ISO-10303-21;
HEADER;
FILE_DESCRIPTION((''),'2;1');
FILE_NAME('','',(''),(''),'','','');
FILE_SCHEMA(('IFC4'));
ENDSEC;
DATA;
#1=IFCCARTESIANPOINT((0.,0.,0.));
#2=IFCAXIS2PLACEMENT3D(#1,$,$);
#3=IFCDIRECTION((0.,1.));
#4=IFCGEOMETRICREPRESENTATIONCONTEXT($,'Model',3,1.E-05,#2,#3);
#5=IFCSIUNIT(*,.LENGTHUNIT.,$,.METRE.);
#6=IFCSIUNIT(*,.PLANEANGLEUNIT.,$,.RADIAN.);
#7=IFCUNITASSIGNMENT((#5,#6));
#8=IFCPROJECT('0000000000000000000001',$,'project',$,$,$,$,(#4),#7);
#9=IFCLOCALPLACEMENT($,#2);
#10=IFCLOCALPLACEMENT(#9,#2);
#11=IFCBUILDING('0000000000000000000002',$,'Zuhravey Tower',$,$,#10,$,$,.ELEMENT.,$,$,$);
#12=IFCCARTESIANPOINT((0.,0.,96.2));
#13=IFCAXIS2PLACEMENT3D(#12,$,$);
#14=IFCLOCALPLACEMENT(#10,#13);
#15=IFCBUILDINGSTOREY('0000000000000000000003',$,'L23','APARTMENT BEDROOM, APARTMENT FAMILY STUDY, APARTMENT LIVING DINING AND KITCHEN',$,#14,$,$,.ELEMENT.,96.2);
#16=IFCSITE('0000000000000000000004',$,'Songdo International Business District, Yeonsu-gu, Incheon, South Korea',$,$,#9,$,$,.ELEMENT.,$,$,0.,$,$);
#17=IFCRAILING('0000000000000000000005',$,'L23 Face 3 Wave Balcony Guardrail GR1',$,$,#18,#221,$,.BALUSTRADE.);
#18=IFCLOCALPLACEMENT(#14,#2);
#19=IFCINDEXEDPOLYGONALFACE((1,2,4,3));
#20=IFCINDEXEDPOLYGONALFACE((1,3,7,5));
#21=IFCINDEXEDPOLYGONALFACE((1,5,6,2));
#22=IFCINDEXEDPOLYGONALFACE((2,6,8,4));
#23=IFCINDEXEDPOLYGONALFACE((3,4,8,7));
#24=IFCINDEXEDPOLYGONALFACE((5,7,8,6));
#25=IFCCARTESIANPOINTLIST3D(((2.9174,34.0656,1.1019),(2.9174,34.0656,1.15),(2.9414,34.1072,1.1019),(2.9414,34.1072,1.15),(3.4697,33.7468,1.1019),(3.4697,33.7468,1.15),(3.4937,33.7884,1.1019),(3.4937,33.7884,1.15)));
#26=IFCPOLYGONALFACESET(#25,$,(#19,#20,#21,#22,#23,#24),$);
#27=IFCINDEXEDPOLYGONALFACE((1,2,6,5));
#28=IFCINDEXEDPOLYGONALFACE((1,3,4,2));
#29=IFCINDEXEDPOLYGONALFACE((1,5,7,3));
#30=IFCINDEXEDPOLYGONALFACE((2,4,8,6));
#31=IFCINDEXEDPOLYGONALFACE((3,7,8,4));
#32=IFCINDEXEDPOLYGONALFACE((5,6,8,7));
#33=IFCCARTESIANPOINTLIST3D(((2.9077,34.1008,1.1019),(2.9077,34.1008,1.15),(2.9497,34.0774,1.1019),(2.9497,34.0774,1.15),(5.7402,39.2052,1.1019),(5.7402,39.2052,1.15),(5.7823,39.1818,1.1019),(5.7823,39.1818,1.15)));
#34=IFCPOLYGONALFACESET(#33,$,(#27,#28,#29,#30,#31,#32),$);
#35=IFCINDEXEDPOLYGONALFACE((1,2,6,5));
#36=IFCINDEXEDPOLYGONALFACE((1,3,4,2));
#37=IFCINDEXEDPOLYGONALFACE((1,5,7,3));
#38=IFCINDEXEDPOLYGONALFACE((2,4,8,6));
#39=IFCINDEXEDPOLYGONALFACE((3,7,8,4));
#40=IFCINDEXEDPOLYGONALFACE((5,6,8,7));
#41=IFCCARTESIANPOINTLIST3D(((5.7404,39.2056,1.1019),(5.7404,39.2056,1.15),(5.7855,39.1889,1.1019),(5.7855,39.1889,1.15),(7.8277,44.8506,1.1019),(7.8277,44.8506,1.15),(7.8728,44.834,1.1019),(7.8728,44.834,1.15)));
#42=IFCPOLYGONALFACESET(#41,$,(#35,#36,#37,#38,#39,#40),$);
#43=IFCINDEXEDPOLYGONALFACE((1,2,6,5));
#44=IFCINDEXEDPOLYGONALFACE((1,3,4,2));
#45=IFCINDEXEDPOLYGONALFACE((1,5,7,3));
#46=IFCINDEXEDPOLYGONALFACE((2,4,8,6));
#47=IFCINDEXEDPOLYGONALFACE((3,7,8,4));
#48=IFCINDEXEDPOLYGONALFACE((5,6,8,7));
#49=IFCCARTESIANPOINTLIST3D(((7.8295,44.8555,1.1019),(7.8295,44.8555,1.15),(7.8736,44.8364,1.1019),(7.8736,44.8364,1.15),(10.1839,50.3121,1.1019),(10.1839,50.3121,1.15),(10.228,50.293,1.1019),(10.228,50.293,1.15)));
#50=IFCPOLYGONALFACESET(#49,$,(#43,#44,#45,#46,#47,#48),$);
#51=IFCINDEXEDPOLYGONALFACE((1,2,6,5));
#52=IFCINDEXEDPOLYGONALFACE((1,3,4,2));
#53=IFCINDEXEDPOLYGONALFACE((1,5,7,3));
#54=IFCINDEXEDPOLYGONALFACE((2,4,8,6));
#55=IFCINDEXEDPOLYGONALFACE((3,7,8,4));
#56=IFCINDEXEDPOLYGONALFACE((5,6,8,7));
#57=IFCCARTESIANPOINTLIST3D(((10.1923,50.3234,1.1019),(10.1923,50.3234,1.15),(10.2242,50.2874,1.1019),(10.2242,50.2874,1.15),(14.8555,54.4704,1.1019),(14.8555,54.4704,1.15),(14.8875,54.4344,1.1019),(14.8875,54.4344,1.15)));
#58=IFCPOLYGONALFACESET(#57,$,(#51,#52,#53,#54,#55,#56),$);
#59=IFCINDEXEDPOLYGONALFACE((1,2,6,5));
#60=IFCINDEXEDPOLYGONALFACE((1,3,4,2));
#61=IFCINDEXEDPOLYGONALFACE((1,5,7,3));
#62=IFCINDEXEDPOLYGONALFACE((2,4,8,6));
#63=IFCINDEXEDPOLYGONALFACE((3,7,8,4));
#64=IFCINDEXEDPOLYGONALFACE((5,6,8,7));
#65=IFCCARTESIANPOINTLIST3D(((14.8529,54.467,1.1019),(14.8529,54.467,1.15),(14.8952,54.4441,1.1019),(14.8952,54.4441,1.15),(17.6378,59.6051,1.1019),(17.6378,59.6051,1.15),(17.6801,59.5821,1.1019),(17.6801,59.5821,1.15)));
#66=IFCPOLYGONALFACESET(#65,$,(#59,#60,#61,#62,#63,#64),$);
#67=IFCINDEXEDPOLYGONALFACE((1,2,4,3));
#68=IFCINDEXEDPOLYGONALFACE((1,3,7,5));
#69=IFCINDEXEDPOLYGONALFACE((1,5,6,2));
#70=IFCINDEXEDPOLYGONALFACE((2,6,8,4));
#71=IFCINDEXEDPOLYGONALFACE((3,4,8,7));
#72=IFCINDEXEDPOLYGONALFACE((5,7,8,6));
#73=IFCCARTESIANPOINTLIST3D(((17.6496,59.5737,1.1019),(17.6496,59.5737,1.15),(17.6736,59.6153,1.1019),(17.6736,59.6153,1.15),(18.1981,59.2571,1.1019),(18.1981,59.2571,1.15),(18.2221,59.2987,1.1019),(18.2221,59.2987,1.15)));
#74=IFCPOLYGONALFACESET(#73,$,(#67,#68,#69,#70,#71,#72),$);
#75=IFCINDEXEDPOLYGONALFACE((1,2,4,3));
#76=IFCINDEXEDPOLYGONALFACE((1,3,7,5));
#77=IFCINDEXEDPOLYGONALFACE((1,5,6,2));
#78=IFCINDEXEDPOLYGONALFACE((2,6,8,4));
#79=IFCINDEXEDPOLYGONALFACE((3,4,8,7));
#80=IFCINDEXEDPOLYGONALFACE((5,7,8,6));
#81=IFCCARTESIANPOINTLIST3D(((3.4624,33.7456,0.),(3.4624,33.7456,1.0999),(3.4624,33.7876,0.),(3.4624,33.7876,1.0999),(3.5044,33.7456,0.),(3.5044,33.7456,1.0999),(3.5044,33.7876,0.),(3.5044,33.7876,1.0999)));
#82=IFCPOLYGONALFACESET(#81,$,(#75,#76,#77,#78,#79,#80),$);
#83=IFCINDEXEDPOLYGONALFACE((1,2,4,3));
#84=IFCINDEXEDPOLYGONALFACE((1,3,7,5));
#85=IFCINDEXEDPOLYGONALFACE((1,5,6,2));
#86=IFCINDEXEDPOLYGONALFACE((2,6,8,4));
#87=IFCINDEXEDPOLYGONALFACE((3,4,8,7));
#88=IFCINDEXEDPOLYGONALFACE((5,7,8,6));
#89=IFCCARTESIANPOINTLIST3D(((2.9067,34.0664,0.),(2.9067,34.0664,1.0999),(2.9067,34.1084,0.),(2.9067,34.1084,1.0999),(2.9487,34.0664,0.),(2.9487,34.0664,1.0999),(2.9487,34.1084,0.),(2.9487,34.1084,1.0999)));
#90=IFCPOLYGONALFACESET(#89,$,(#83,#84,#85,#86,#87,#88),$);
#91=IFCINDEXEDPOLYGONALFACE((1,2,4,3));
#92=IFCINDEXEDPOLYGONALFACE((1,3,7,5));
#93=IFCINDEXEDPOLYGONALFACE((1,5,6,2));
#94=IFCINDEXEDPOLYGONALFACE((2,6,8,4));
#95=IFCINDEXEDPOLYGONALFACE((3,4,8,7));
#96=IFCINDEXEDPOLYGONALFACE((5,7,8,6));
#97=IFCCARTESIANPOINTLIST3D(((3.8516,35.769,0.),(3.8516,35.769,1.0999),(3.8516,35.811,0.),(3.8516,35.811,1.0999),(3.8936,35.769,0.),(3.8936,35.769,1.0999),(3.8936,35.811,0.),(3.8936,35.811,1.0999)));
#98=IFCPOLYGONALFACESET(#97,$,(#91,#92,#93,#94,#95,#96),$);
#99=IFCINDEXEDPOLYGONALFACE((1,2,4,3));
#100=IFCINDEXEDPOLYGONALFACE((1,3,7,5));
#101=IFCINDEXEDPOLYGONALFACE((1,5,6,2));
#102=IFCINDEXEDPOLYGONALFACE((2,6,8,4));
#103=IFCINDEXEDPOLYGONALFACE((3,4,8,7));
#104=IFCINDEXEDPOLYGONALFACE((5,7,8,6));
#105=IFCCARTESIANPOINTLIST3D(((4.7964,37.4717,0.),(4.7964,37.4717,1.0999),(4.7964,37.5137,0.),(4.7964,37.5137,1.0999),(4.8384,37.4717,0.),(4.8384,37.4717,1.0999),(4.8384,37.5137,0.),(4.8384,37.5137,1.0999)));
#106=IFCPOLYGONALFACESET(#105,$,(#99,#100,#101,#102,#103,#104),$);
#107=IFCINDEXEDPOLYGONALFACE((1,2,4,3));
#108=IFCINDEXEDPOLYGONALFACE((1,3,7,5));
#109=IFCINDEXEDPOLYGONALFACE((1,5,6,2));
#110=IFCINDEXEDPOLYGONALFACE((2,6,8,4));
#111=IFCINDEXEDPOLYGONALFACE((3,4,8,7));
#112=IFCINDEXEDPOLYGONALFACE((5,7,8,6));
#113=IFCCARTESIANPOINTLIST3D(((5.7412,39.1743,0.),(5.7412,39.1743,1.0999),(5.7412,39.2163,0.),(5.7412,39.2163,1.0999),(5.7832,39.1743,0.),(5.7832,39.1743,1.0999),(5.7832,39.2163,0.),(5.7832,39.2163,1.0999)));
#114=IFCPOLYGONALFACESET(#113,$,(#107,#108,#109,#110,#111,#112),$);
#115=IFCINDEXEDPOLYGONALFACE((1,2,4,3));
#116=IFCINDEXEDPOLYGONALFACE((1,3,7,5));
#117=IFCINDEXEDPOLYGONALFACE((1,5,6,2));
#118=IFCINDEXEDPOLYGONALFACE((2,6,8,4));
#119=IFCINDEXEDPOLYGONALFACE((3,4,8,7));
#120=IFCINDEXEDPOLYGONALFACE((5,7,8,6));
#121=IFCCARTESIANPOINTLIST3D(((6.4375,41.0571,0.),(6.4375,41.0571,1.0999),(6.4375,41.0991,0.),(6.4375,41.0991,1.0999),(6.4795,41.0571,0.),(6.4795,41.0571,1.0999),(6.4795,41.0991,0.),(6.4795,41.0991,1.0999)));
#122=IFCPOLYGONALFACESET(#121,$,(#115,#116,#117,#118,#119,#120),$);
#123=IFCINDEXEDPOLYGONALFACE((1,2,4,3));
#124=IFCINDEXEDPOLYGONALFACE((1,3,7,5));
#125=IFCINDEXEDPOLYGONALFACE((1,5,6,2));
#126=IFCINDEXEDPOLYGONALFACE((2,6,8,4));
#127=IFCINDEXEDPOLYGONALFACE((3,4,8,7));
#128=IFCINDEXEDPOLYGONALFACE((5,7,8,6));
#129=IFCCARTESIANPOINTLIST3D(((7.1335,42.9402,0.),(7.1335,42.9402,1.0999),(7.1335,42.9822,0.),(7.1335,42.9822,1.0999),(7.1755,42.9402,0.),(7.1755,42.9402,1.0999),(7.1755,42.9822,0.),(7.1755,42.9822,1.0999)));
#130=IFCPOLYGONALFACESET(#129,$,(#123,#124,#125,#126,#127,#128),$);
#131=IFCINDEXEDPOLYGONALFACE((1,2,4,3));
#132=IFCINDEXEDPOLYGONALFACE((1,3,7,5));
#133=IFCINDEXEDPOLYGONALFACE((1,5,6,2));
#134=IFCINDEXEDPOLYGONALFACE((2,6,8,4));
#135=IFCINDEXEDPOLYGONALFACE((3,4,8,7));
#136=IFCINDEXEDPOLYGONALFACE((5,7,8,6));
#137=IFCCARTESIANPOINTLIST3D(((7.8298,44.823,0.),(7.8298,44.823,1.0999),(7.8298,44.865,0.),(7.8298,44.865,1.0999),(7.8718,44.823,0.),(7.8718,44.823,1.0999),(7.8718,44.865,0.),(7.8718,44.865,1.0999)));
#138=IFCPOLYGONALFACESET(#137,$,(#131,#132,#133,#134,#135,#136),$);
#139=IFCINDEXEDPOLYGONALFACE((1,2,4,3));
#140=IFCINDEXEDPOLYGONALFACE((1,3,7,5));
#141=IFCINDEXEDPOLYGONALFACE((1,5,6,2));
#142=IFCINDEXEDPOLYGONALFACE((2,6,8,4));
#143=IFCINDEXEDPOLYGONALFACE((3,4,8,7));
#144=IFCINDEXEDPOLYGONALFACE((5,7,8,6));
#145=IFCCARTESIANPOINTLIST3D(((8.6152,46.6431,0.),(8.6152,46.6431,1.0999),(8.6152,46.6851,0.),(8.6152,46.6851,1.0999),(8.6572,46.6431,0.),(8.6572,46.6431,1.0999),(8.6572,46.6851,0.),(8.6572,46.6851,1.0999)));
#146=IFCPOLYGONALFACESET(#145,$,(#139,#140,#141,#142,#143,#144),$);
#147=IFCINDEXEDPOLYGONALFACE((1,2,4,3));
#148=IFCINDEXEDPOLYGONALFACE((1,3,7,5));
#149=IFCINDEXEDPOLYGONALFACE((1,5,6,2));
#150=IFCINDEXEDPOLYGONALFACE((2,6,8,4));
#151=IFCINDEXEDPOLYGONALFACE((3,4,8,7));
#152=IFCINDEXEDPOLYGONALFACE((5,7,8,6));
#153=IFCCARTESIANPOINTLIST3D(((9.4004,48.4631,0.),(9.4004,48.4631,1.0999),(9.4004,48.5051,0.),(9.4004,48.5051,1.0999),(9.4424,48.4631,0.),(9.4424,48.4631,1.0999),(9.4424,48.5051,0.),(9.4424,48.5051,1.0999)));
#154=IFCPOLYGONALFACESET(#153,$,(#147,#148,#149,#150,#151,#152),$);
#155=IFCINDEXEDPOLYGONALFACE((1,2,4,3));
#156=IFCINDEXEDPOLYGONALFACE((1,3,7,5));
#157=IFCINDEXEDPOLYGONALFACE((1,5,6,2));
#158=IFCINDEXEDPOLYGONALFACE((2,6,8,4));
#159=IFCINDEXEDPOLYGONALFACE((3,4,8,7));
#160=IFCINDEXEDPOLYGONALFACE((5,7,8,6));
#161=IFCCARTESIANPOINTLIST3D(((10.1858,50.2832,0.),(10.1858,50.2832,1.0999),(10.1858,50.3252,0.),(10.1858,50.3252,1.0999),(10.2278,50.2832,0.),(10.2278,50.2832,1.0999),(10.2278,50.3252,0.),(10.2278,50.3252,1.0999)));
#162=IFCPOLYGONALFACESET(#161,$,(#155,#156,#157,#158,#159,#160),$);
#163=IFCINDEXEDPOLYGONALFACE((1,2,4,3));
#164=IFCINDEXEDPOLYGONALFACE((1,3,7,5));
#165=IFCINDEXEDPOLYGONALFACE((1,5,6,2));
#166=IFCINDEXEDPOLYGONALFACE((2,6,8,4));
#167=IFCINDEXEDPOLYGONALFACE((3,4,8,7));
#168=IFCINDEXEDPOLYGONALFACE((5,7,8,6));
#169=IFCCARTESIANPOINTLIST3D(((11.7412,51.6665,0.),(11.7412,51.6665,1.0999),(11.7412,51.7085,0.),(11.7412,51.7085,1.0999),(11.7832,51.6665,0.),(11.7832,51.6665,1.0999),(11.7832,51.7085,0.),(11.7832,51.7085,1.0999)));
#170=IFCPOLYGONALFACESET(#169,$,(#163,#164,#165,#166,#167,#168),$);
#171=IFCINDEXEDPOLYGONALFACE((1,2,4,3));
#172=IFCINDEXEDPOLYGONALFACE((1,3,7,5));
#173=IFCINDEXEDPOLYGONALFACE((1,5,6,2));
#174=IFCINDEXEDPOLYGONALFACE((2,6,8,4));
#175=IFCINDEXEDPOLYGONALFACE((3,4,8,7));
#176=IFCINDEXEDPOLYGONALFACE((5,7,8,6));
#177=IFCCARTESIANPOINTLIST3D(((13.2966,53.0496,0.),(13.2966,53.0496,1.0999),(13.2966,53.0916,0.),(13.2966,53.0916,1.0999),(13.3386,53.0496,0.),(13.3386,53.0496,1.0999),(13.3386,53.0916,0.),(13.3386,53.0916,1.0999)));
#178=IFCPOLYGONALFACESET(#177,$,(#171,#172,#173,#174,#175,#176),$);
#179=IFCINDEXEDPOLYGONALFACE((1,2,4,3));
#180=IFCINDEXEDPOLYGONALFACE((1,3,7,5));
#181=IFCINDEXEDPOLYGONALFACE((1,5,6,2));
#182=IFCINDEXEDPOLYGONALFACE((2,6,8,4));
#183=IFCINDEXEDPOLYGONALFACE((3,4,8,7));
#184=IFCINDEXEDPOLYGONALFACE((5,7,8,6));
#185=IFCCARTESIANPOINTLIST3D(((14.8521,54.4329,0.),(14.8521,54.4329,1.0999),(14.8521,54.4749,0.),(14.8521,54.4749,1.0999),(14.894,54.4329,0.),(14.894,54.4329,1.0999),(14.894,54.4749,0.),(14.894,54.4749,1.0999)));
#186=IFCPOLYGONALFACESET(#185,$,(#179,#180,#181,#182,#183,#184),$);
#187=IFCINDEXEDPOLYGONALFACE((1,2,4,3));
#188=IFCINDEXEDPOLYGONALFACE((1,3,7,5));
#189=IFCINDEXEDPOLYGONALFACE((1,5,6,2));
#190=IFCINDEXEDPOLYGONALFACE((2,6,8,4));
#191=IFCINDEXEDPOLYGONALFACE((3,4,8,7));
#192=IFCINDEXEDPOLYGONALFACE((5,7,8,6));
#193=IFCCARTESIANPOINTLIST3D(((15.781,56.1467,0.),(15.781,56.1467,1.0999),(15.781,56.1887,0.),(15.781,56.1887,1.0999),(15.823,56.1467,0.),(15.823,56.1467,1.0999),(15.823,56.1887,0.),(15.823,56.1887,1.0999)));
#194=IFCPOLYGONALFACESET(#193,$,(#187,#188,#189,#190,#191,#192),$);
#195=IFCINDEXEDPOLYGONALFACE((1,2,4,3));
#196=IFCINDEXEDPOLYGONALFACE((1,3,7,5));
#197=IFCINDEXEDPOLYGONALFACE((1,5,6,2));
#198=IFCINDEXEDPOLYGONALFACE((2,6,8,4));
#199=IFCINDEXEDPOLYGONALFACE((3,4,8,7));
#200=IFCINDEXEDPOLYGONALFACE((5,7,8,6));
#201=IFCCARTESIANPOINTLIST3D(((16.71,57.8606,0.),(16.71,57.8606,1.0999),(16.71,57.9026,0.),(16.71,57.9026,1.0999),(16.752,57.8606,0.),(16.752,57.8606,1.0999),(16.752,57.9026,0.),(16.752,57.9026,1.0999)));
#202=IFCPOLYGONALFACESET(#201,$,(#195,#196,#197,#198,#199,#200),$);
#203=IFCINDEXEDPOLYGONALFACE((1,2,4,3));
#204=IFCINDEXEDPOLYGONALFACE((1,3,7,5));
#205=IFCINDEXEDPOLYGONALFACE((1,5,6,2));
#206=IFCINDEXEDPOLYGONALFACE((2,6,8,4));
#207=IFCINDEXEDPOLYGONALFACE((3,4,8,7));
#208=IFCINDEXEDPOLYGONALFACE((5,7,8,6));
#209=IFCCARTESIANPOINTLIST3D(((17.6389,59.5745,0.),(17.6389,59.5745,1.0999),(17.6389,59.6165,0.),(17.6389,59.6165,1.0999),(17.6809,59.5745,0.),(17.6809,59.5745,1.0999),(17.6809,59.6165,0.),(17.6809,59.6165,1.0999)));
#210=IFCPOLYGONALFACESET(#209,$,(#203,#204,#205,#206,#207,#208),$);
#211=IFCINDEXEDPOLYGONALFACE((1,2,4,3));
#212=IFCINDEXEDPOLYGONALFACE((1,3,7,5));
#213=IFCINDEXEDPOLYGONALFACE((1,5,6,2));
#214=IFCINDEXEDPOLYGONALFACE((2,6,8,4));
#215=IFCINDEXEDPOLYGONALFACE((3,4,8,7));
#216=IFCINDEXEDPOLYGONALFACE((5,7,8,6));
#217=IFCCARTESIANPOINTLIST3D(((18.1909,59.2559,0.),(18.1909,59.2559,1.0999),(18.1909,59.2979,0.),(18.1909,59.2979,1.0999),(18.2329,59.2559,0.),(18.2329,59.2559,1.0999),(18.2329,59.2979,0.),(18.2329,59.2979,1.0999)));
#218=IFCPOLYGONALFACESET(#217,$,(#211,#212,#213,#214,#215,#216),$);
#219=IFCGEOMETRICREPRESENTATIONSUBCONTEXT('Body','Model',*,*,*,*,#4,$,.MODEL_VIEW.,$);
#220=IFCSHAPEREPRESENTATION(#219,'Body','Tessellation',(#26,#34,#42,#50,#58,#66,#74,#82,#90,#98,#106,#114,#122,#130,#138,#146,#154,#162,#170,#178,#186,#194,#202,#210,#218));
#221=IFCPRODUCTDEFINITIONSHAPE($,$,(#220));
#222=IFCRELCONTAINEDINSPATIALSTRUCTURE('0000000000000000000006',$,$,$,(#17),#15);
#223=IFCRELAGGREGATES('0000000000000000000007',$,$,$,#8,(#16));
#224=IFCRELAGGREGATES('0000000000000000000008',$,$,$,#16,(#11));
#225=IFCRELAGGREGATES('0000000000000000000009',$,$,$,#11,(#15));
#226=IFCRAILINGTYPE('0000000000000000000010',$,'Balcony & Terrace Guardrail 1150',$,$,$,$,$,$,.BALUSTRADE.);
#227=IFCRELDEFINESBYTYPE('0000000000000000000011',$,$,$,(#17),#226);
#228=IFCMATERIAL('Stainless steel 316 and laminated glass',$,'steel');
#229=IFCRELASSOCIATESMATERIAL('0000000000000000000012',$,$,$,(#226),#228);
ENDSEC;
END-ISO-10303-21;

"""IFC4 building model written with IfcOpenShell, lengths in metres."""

from ifc_helpers import new_model, si_unit, direction, frame, origin, origin_2d, place, context, subcontext, project, spatial, rectangle, extrude, material, type_object, element, save


model = new_model("IFC4")

# Units and contexts
model_context = context("Model", 3, precision=1e-05, world=origin(), true_north=direction((0.0, 1.0)))
body_context = subcontext(model_context, "Body", "Model", "MODEL_VIEW")
ifc_project = project(units=[si_unit("LENGTHUNIT", "METRE"), si_unit("PLANEANGLEUNIT", "RADIAN")], contexts=[model_context])

# Site, building, storey
site_placement = place(None, origin())
site = spatial("IfcSite", under=ifc_project, at=site_placement, Name="Songdo International Business District, Yeonsu-gu, Incheon, South Korea", CompositionType="ELEMENT", RefElevation=0.0)
building_placement = place(site_placement, origin())
building = spatial("IfcBuilding", under=site, at=building_placement, Name="Zuhravey Tower", CompositionType="ELEMENT")
storey_placement = place(building_placement, frame((0.0, 0.0, 96.2)))
storey = spatial("IfcBuildingStorey", under=building, at=storey_placement, Name="L23", Description="APARTMENT BEDROOM, APARTMENT FAMILY STUDY, APARTMENT LIVING DINING AND KITCHEN", CompositionType="ELEMENT", Elevation=96.2)

# Railing
ifc_material_1 = material(Name="Stainless steel 316 and laminated glass", Category="steel")
railing_type = type_object("IfcRailingType", Name="Balcony & Terrace Guardrail 1150", PredefinedType="BALUSTRADE", material=ifc_material_1)
railing_placement = place(storey_placement, frame((3.4834, 33.7666, 0.0)))
element("IfcRailing", 1, at=railing_placement, inside=storey, type_object=railing_type, Name="L23 Face 3 Wave Balcony Guardrail GR1", PredefinedType="BALUSTRADE", context=body_context, shape_type="SweptSolid", body=[
    extrude(rectangle(XDim=0.0481, YDim=0.0481, at=origin_2d()), frame((-0.0017, 0.001, 1.126), z_axis=(-0.866034, 0.499986, 0.0), x_axis=(-0.499986, -0.866034, 0.0)), (0.0, 0.0, 1.0), 0.6377),
    extrude(rectangle(XDim=0.0481, YDim=0.0481, at=origin_2d()), frame((-0.5547, 0.3225, 1.126), z_axis=(0.485217, 0.874394, 0.0), x_axis=(-0.874394, 0.485217, 0.0)), (0.0, 0.0, 1.0), 5.8376),
    extrude(rectangle(XDim=0.0481, YDim=0.0481, at=origin_2d()), frame((2.2795, 5.4307, 1.126), z_axis=(0.346806, 0.937937, 0.0), x_axis=(-0.937937, 0.346806, 0.0)), (0.0, 0.0, 1.0), 6.0186),
    extrude(rectangle(XDim=0.0481, YDim=0.0481, at=origin_2d()), frame((4.3682, 11.0793, 1.126), z_axis=(0.396173, 0.918176, 0.0), x_axis=(-0.918176, 0.396173, 0.0)), (0.0, 0.0, 1.0), 5.9429),
    extrude(rectangle(XDim=0.0481, YDim=0.0481, at=origin_2d()), frame((6.7249, 16.5388, 1.126), z_axis=(0.74726, 0.664531, 0.0), x_axis=(-0.664531, 0.74726, 0.0)), (0.0, 0.0, 1.0), 6.2405),
    extrude(rectangle(XDim=0.0481, YDim=0.0481, at=origin_2d()), frame((11.3906, 20.689, 1.126), z_axis=(0.476525, 0.879161, 0.0), x_axis=(-0.879161, 0.476525, 0.0)), (0.0, 0.0, 1.0), 5.8442),
    extrude(rectangle(XDim=0.0481, YDim=0.0481, at=origin_2d()), frame((14.1782, 25.8279, 1.126), z_axis=(0.86609, -0.499888, 0.0), x_axis=(0.499888, 0.86609, 0.0)), (0.0, 0.0, 1.0), 0.6333),
    extrude(rectangle(XDim=0.042, YDim=0.042, at=origin_2d()), origin(), (0.0, 0.0, 1.0), 1.0999),
    extrude(rectangle(XDim=0.042, YDim=0.042, at=origin_2d()), frame((-0.5557, 0.3208, 0.0)), (0.0, 0.0, 1.0), 1.0999),
    extrude(rectangle(XDim=0.042, YDim=0.042, at=origin_2d()), frame((0.3892, 2.0234, 0.0)), (0.0, 0.0, 1.0), 1.0999),
    extrude(rectangle(XDim=0.042, YDim=0.042, at=origin_2d()), frame((1.334, 3.7261, 0.0)), (0.0, 0.0, 1.0), 1.0999),
    extrude(rectangle(XDim=0.042, YDim=0.042, at=origin_2d()), frame((2.2788, 5.4287, 0.0)), (0.0, 0.0, 1.0), 1.0999),
    extrude(rectangle(XDim=0.042, YDim=0.042, at=origin_2d()), frame((2.9751, 7.3115, 0.0)), (0.0, 0.0, 1.0), 1.0999),
    extrude(rectangle(XDim=0.042, YDim=0.042, at=origin_2d()), frame((3.6711, 9.1946, 0.0)), (0.0, 0.0, 1.0), 1.0999),
    extrude(rectangle(XDim=0.042, YDim=0.042, at=origin_2d()), frame((4.3674, 11.0774, 0.0)), (0.0, 0.0, 1.0), 1.0999),
    extrude(rectangle(XDim=0.042, YDim=0.042, at=origin_2d()), frame((5.1528, 12.8975, 0.0)), (0.0, 0.0, 1.0), 1.0999),
    extrude(rectangle(XDim=0.042, YDim=0.042, at=origin_2d()), frame((5.938, 14.7175, 0.0)), (0.0, 0.0, 1.0), 1.0999),
    extrude(rectangle(XDim=0.042, YDim=0.042, at=origin_2d()), frame((6.7234, 16.5376, 0.0)), (0.0, 0.0, 1.0), 1.0999),
    extrude(rectangle(XDim=0.042, YDim=0.042, at=origin_2d()), frame((8.2788, 17.9209, 0.0)), (0.0, 0.0, 1.0), 1.0999),
    extrude(rectangle(XDim=0.042, YDim=0.042, at=origin_2d()), frame((9.8342, 19.304, 0.0)), (0.0, 0.0, 1.0), 1.0999),
    extrude(rectangle(XDim=0.042, YDim=0.042, at=origin_2d()), frame((11.3896, 20.6873, 0.0)), (0.0, 0.0, 1.0), 1.0999),
    extrude(rectangle(XDim=0.042, YDim=0.042, at=origin_2d()), frame((12.3186, 22.4011, 0.0)), (0.0, 0.0, 1.0), 1.0999),
    extrude(rectangle(XDim=0.042, YDim=0.042, at=origin_2d()), frame((13.2476, 24.115, 0.0)), (0.0, 0.0, 1.0), 1.0999),
    extrude(rectangle(XDim=0.042, YDim=0.042, at=origin_2d()), frame((14.1765, 25.8289, 0.0)), (0.0, 0.0, 1.0), 1.0999),
    extrude(rectangle(XDim=0.042, YDim=0.042, at=origin_2d()), frame((14.7285, 25.5103, 0.0)), (0.0, 0.0, 1.0), 1.0999),
])

save(model, "model.ifc")
